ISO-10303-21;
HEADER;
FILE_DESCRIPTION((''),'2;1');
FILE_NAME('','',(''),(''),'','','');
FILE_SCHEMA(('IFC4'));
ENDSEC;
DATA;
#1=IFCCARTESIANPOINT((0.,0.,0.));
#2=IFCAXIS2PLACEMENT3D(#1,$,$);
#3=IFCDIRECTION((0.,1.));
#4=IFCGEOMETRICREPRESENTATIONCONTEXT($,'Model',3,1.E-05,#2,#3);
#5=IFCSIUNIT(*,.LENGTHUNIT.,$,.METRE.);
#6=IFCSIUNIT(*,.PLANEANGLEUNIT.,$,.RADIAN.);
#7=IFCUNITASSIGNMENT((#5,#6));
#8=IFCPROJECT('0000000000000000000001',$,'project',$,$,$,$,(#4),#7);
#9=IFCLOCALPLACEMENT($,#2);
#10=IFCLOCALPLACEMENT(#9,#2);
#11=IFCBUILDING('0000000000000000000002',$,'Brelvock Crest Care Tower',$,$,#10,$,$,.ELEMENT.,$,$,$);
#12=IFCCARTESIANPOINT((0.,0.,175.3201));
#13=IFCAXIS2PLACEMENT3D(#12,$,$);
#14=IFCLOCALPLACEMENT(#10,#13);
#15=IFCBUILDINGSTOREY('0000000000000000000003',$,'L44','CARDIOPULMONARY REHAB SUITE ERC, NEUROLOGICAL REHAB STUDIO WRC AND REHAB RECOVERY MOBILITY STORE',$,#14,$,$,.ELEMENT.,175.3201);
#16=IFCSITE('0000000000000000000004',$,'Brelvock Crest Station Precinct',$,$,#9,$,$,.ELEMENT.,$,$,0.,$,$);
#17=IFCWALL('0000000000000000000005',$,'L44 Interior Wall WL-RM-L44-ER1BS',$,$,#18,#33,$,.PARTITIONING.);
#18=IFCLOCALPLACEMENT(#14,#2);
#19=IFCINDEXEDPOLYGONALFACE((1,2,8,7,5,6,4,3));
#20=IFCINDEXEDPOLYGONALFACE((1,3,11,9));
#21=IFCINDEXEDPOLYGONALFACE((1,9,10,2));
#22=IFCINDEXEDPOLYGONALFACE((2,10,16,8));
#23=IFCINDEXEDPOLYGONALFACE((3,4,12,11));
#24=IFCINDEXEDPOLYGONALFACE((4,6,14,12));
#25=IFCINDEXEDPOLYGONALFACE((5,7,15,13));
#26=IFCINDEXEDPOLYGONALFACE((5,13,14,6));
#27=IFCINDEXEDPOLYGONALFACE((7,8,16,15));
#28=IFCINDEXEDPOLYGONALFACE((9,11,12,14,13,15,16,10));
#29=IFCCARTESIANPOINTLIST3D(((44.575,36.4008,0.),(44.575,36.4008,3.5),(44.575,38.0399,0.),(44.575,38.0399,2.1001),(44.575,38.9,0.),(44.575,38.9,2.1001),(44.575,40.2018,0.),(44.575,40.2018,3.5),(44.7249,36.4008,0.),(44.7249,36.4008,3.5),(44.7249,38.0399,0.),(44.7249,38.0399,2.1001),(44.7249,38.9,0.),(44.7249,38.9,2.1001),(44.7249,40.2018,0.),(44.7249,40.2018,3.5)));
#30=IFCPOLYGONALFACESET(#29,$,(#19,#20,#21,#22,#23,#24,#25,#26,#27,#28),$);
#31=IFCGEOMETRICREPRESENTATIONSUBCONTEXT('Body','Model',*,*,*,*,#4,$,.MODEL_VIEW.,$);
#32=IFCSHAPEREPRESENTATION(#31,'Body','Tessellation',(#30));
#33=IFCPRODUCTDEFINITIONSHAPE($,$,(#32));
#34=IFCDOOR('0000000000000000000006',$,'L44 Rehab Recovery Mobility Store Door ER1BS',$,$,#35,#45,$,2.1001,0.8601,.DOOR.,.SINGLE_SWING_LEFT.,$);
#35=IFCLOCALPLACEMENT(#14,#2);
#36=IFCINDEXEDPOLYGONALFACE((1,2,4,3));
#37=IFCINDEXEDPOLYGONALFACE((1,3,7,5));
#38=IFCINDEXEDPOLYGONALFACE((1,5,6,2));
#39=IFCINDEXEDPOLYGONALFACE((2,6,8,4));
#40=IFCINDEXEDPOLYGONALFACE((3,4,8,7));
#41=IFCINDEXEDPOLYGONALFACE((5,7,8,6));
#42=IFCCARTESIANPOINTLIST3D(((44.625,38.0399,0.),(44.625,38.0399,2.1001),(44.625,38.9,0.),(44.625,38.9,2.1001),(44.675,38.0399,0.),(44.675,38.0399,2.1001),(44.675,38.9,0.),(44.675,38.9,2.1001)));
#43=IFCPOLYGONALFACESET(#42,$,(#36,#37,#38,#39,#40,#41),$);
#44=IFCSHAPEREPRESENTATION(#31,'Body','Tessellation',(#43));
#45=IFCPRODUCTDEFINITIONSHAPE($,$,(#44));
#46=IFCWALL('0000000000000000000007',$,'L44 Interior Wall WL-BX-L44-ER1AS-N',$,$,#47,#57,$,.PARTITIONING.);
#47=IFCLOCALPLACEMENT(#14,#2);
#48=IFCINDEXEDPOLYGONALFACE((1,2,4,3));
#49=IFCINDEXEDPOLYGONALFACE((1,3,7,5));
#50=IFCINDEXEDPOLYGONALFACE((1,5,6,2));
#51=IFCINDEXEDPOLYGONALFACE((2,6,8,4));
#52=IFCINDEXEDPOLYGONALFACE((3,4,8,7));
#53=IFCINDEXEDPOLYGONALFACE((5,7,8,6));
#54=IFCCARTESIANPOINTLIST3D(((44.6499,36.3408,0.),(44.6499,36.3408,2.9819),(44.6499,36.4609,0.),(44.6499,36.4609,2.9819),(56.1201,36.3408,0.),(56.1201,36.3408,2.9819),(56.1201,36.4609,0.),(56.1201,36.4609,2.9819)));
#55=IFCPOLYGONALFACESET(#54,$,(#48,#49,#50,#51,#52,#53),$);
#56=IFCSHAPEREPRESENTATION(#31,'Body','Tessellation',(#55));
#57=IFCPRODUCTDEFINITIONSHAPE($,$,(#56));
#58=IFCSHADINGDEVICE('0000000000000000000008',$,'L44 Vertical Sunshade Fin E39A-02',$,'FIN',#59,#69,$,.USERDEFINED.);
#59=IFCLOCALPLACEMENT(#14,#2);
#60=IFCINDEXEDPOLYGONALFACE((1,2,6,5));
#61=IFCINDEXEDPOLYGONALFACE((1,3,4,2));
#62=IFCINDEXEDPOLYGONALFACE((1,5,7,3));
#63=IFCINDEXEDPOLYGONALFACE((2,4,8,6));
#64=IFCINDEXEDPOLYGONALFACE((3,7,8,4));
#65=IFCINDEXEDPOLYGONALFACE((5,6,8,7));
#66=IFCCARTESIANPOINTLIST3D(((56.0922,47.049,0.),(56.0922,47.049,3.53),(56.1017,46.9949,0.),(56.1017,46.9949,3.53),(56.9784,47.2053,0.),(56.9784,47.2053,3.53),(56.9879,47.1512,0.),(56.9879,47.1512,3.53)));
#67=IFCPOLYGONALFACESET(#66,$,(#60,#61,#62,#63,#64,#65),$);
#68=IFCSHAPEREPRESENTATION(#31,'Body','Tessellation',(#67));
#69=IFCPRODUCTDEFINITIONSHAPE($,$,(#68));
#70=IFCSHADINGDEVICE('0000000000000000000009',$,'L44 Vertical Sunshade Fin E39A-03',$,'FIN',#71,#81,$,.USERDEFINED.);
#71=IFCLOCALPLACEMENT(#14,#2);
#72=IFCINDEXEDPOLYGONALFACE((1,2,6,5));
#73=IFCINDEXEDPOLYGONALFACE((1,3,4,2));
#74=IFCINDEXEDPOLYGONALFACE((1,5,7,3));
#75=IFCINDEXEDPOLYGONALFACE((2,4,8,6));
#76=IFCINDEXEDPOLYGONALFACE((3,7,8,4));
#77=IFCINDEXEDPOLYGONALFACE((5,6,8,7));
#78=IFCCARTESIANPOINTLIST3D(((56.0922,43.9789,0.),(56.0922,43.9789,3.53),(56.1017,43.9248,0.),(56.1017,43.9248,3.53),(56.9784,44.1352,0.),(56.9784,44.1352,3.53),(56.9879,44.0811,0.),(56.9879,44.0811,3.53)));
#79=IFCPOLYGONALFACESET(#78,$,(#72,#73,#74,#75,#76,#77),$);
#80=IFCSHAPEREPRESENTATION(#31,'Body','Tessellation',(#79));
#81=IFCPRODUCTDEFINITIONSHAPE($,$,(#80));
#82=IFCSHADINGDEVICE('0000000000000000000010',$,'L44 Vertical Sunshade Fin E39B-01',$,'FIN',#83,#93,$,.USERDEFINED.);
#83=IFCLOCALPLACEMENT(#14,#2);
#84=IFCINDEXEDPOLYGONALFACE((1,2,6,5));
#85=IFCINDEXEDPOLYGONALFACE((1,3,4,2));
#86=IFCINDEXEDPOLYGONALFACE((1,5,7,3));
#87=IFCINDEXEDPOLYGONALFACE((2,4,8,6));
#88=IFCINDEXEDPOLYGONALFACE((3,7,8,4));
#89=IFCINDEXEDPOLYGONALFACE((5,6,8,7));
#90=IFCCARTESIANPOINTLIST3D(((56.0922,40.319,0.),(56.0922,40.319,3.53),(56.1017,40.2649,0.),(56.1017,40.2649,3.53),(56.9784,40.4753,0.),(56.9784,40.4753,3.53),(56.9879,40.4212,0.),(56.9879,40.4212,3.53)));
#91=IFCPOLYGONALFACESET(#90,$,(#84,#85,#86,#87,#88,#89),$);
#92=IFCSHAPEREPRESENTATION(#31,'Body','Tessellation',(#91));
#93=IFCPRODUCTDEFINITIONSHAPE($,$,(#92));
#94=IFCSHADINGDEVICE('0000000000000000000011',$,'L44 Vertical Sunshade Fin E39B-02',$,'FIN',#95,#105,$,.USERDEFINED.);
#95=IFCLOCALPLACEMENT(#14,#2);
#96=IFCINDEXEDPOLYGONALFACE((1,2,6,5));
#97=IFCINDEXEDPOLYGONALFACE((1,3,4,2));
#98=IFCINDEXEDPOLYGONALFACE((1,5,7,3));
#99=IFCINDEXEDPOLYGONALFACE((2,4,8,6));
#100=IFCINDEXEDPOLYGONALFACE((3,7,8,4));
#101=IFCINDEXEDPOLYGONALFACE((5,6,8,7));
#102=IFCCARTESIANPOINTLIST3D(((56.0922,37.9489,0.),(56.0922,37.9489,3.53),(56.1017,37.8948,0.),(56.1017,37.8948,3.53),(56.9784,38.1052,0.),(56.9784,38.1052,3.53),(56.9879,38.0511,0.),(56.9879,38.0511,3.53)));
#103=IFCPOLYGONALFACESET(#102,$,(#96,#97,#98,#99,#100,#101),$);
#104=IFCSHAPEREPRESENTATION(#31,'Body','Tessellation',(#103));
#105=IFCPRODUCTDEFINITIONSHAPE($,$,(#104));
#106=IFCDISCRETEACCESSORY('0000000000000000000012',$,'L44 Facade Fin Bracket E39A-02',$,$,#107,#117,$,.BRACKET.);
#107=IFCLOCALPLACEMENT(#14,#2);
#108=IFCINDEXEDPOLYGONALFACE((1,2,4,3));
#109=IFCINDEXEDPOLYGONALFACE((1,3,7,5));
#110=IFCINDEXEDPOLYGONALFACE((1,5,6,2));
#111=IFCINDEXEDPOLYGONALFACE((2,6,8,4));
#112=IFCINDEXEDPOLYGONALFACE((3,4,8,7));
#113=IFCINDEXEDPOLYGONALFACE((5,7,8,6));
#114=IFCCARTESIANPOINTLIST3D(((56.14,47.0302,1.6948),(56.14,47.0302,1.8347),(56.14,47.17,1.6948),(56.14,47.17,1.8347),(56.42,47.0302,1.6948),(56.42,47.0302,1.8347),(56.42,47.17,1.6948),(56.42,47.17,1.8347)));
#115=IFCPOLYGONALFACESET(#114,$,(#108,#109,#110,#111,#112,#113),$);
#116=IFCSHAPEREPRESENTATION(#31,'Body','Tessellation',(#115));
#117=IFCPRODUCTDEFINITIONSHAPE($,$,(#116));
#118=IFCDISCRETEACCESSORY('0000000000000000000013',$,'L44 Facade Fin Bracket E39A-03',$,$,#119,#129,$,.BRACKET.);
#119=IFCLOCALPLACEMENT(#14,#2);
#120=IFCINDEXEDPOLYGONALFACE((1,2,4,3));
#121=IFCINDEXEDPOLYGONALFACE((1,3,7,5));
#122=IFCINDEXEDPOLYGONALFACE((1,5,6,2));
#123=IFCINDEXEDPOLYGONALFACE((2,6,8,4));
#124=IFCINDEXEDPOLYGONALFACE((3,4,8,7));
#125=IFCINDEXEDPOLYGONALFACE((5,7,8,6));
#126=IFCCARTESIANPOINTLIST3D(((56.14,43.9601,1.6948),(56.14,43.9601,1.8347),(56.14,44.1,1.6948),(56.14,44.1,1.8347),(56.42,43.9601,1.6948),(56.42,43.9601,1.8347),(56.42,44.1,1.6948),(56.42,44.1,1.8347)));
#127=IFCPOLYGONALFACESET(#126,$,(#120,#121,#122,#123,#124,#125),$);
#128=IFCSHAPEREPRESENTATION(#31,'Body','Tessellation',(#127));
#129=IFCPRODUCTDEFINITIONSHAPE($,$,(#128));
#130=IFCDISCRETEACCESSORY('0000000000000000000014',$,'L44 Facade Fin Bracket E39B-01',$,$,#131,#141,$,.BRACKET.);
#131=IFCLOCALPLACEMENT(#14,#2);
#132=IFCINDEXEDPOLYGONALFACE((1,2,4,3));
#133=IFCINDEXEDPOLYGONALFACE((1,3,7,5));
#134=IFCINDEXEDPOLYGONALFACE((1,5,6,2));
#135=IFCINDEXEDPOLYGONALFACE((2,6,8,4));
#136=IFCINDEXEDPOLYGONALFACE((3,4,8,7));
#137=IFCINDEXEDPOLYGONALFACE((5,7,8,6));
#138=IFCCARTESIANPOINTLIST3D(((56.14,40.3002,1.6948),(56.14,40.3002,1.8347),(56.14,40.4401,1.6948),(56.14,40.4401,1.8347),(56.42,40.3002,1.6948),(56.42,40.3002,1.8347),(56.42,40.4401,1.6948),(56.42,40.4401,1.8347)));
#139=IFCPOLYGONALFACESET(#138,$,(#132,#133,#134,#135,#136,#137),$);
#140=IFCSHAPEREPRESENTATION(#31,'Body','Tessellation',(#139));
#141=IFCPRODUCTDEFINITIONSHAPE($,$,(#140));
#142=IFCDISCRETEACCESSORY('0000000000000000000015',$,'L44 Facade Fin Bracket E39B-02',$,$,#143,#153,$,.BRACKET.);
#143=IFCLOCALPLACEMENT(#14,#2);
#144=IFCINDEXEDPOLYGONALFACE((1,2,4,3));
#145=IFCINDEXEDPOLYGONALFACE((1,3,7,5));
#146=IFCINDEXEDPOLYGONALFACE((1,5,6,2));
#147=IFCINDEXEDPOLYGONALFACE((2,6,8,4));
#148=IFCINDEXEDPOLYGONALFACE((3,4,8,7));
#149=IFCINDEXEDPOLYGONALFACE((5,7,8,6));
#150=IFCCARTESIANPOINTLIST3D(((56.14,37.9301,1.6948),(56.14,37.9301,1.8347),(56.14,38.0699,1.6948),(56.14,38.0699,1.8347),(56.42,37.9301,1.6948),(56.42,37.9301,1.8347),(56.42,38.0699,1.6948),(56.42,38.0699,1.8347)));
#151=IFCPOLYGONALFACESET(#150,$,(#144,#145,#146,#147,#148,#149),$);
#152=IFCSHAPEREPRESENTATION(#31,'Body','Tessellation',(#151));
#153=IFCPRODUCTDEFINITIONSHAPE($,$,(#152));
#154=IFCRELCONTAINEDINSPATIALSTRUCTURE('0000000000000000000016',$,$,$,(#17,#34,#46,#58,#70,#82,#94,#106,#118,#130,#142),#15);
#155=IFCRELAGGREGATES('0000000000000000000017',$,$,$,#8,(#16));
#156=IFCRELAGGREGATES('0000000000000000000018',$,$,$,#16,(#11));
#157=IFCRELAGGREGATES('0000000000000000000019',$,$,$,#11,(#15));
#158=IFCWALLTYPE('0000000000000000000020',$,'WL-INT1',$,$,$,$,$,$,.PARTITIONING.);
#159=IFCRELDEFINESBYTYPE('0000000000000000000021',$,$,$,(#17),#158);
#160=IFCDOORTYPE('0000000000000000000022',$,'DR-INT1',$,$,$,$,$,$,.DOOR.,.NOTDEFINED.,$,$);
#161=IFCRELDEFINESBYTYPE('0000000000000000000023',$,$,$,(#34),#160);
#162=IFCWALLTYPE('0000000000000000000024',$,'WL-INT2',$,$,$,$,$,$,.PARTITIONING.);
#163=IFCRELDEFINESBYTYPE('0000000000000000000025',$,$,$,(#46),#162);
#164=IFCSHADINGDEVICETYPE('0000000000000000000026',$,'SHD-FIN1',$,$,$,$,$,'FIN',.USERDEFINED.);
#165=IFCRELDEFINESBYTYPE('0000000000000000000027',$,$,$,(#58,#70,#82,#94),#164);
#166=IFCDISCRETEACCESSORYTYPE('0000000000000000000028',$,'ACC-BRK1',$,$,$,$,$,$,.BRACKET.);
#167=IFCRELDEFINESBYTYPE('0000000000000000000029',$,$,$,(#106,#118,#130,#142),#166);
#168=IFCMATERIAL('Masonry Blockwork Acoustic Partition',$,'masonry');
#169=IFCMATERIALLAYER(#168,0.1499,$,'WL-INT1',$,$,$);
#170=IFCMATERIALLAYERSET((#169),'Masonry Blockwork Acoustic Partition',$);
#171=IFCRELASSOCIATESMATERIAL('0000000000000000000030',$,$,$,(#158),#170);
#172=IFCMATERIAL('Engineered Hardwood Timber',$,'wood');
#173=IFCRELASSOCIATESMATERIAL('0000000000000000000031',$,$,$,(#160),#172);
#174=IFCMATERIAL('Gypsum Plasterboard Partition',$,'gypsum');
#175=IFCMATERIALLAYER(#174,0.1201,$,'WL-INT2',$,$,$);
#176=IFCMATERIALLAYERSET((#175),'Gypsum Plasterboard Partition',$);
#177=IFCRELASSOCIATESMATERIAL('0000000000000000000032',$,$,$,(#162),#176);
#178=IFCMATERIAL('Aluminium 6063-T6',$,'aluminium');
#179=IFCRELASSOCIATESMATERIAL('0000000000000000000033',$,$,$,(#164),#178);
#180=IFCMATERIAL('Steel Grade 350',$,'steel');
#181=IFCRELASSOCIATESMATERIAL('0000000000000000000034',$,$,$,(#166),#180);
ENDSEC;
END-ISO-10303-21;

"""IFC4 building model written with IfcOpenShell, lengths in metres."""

from ifc_helpers import new_model, si_unit, direction, frame, frame_2d, origin, origin_2d, place, context, subcontext, project, spatial, rectangle, extrude, source, transform, mapped, material, layer, layer_set, material_profile, profile_set, type_object, element, fill, save


model = new_model("IFC4")

# Units and contexts
model_context = context("Model", 3, precision=1e-05, world=origin(), true_north=direction((0.0, 1.0)))
body_context = subcontext(model_context, "Body", "Model", "MODEL_VIEW")
ifc_project = project(units=[si_unit("LENGTHUNIT", "METRE"), si_unit("PLANEANGLEUNIT", "RADIAN")], contexts=[model_context])

# Site, building, storey
site_placement = place(None, origin())
site = spatial("IfcSite", under=ifc_project, at=site_placement, Name="Brelvock Crest Station Precinct", CompositionType="ELEMENT", RefElevation=0.0)
building_placement = place(site_placement, origin())
building = spatial("IfcBuilding", under=site, at=building_placement, Name="Brelvock Crest Care Tower", CompositionType="ELEMENT")
storey_placement = place(building_placement, frame((0.0, 0.0, 175.3201)))
storey = spatial("IfcBuildingStorey", under=building, at=storey_placement, Name="L44", Description="CARDIOPULMONARY REHAB SUITE ERC, NEUROLOGICAL REHAB STUDIO WRC AND REHAB RECOVERY MOBILITY STORE", CompositionType="ELEMENT", Elevation=175.3201)

# Shared definitions
ifc_material_1 = material(Name="Steel Grade 350", Category="steel")

# Shared definitions
ifc_material_2 = material(Name="Aluminium 6063-T6", Category="aluminium")

# Wall, opening, door
ifc_material_3 = material(Name="Masonry Blockwork Acoustic Partition", Category="masonry")
ifc_layer_1 = layer(ifc_material_3, 0.1499, Name="WL-INT1")
ifc_layer_set_1 = layer_set([ifc_layer_1], Name="Masonry Blockwork Acoustic Partition")
wall_type_1 = type_object("IfcWallType", Name="WL-INT1", PredefinedType="PARTITIONING", material=ifc_layer_set_1)
wall_1_placement = place(storey_placement, frame((44.6499, 36.4009, 0.0), z_axis=(0.0, 0.0, 1.0), x_axis=(0.0, 1.0, 0.0)))
wall_1 = element("IfcWall", 1, at=wall_1_placement, inside=storey, type_object=wall_type_1, Name="L44 Interior Wall WL-RM-L44-ER1BS", PredefinedType="PARTITIONING", context=body_context, shape_type="SweptSolid", body=[
    extrude(rectangle(XDim=3.801, YDim=0.1499, at=frame_2d((1.9004, 0.0))), origin(), (0.0, 0.0, 1.0), 3.5),
])
opening_1_placement = place(wall_1_placement, frame((1.6389, 0.0, 0.0)))
opening_1 = element("IfcOpeningElement", 2, at=opening_1_placement, cuts=wall_1, PredefinedType="OPENING", context=body_context, shape_type="SweptSolid", body=[
    extrude(rectangle(XDim=0.8601, YDim=2.1001, at=origin_2d()), frame((0.4302, 0.085, 1.05), z_axis=(0.0, -1.0, 0.0), x_axis=(1.0, 0.0, 0.0)), (0.0, 0.0, 1.0), 0.1699),
])
ifc_material_4 = material(Name="Engineered Hardwood Timber", Category="wood")
door_type_1 = type_object("IfcDoorType", Name="DR-INT1", OperationType="NOTDEFINED", PredefinedType="DOOR", material=ifc_material_4)
shared_shape_1 = source(origin(), body_context, "Body", "SweptSolid", [
    extrude(rectangle(XDim=0.8601, YDim=2.1001, at=origin_2d()), frame((0.4302, 0.0249, 1.05), z_axis=(0.0, -1.0, 0.0), x_axis=(1.0, 0.0, 0.0)), (0.0, 0.0, 1.0), 0.05),
])
door_1_placement = place(opening_1_placement, origin())
door_1 = element("IfcDoor", 3, at=door_1_placement, inside=storey, type_object=door_type_1, Name="L44 Rehab Recovery Mobility Store Door ER1BS", OperationType="SINGLE_SWING_LEFT", OverallHeight=2.1001, OverallWidth=0.8601, PredefinedType="DOOR", context=body_context, shape_type="MappedRepresentation", body=[
    mapped(shared_shape_1, transform((0.0, 0.0, 0.0), x_axis=(1.0, 0.0, 0.0), y_axis=(0.0, 1.0, 0.0), z_axis=(0.0, 0.0, 1.0), scale=1.0)),
])
fill(opening_1, door_1)

# Wall
ifc_material_5 = material(Name="Gypsum Plasterboard Partition", Category="gypsum")
ifc_layer_2 = layer(ifc_material_5, 0.1201, Name="WL-INT2")
ifc_layer_set_2 = layer_set([ifc_layer_2], Name="Gypsum Plasterboard Partition")
wall_type_2 = type_object("IfcWallType", Name="WL-INT2", PredefinedType="PARTITIONING", material=ifc_layer_set_2)
wall_2_placement = place(storey_placement, frame((44.6499, 36.4009, 0.0), z_axis=(0.0, 0.0, 1.0), x_axis=(1.0, 0.0, 0.0)))
element("IfcWall", 4, at=wall_2_placement, inside=storey, type_object=wall_type_2, Name="L44 Interior Wall WL-BX-L44-ER1AS-N", PredefinedType="PARTITIONING", context=body_context, shape_type="SweptSolid", body=[
    extrude(rectangle(XDim=11.4702, YDim=0.1201, at=frame_2d((5.7351, 0.0))), origin(), (0.0, 0.0, 1.0), 2.9819),
])

# Shading devices
ifc_material_profile_1 = material_profile(ifc_material_2, rectangle(XDim=0.0549, YDim=0.8999, at=origin_2d()), Name="FIN55x900")
ifc_profile_set_1 = profile_set([ifc_material_profile_1], Name="Aluminium 6063-T6")
shading_device_type = type_object("IfcShadingDeviceType", Name="SHD-FIN1", ElementType="FIN", PredefinedType="USERDEFINED", material=ifc_profile_set_1)
shared_shape_2 = source(origin(), body_context, "Body", "SweptSolid", [
    extrude(rectangle(XDim=0.0549, YDim=0.8999, at=origin_2d()), origin(), (0.0, 0.0, 1.0), 3.53),
])
for number, where, z_axis, x_axis, name in (
    (5, (56.54, 47.1001, 0.0), (0.0, 0.0, 1.0), (0.173648, -0.984808, 0.0), "L44 Vertical Sunshade Fin E39A-02"),
    (6, (56.54, 44.03, 0.0), (0.0, 0.0, 1.0), (0.173648, -0.984808, 0.0), "L44 Vertical Sunshade Fin E39A-03"),
    (7, (56.54, 40.3701, 0.0), (0.0, 0.0, 1.0), (0.173648, -0.984808, 0.0), "L44 Vertical Sunshade Fin E39B-01"),
    (8, (56.54, 38.0, 0.0), (0.0, 0.0, 1.0), (0.173648, -0.984808, 0.0), "L44 Vertical Sunshade Fin E39B-02"),
):
    element("IfcShadingDevice", number, at=place(storey_placement, frame(where, z_axis=z_axis, x_axis=x_axis)), inside=storey, type_object=shading_device_type, Name=name, ObjectType="FIN", PredefinedType="USERDEFINED", context=body_context, shape_type="MappedRepresentation", body=[
        mapped(shared_shape_2, transform((0.0, 0.0, 0.0), x_axis=(1.0, 0.0, 0.0), y_axis=(0.0, 1.0, 0.0), z_axis=(0.0, 0.0, 1.0), scale=1.0)),
    ])

# Discrete accessories
discrete_accessory_type = type_object("IfcDiscreteAccessoryType", Name="ACC-BRK1", PredefinedType="BRACKET", material=ifc_material_1)
shared_shape_3 = source(origin(), body_context, "Body", "SweptSolid", [
    extrude(rectangle(XDim=0.28, YDim=0.1399, at=origin_2d()), origin(), (0.0, 0.0, 1.0), 0.1399),
])
for number, where, z_axis, x_axis, name in (
    (9, (56.28, 47.1001, 1.6948), (0.0, 0.0, 1.0), (1.0, 0.0, 0.0), "L44 Facade Fin Bracket E39A-02"),
    (10, (56.28, 44.03, 1.6948), (0.0, 0.0, 1.0), (1.0, 0.0, 0.0), "L44 Facade Fin Bracket E39A-03"),
    (11, (56.28, 40.3701, 1.6948), (0.0, 0.0, 1.0), (1.0, 0.0, 0.0), "L44 Facade Fin Bracket E39B-01"),
    (12, (56.28, 38.0, 1.6948), (0.0, 0.0, 1.0), (1.0, 0.0, 0.0), "L44 Facade Fin Bracket E39B-02"),
):
    element("IfcDiscreteAccessory", number, at=place(storey_placement, frame(where, z_axis=z_axis, x_axis=x_axis)), inside=storey, type_object=discrete_accessory_type, Name=name, PredefinedType="BRACKET", context=body_context, shape_type="MappedRepresentation", body=[
        mapped(shared_shape_3, transform((0.0, 0.0, 0.0), x_axis=(1.0, 0.0, 0.0), y_axis=(0.0, 1.0, 0.0), z_axis=(0.0, 0.0, 1.0), scale=1.0)),
    ])

save(model, "model.ifc")
